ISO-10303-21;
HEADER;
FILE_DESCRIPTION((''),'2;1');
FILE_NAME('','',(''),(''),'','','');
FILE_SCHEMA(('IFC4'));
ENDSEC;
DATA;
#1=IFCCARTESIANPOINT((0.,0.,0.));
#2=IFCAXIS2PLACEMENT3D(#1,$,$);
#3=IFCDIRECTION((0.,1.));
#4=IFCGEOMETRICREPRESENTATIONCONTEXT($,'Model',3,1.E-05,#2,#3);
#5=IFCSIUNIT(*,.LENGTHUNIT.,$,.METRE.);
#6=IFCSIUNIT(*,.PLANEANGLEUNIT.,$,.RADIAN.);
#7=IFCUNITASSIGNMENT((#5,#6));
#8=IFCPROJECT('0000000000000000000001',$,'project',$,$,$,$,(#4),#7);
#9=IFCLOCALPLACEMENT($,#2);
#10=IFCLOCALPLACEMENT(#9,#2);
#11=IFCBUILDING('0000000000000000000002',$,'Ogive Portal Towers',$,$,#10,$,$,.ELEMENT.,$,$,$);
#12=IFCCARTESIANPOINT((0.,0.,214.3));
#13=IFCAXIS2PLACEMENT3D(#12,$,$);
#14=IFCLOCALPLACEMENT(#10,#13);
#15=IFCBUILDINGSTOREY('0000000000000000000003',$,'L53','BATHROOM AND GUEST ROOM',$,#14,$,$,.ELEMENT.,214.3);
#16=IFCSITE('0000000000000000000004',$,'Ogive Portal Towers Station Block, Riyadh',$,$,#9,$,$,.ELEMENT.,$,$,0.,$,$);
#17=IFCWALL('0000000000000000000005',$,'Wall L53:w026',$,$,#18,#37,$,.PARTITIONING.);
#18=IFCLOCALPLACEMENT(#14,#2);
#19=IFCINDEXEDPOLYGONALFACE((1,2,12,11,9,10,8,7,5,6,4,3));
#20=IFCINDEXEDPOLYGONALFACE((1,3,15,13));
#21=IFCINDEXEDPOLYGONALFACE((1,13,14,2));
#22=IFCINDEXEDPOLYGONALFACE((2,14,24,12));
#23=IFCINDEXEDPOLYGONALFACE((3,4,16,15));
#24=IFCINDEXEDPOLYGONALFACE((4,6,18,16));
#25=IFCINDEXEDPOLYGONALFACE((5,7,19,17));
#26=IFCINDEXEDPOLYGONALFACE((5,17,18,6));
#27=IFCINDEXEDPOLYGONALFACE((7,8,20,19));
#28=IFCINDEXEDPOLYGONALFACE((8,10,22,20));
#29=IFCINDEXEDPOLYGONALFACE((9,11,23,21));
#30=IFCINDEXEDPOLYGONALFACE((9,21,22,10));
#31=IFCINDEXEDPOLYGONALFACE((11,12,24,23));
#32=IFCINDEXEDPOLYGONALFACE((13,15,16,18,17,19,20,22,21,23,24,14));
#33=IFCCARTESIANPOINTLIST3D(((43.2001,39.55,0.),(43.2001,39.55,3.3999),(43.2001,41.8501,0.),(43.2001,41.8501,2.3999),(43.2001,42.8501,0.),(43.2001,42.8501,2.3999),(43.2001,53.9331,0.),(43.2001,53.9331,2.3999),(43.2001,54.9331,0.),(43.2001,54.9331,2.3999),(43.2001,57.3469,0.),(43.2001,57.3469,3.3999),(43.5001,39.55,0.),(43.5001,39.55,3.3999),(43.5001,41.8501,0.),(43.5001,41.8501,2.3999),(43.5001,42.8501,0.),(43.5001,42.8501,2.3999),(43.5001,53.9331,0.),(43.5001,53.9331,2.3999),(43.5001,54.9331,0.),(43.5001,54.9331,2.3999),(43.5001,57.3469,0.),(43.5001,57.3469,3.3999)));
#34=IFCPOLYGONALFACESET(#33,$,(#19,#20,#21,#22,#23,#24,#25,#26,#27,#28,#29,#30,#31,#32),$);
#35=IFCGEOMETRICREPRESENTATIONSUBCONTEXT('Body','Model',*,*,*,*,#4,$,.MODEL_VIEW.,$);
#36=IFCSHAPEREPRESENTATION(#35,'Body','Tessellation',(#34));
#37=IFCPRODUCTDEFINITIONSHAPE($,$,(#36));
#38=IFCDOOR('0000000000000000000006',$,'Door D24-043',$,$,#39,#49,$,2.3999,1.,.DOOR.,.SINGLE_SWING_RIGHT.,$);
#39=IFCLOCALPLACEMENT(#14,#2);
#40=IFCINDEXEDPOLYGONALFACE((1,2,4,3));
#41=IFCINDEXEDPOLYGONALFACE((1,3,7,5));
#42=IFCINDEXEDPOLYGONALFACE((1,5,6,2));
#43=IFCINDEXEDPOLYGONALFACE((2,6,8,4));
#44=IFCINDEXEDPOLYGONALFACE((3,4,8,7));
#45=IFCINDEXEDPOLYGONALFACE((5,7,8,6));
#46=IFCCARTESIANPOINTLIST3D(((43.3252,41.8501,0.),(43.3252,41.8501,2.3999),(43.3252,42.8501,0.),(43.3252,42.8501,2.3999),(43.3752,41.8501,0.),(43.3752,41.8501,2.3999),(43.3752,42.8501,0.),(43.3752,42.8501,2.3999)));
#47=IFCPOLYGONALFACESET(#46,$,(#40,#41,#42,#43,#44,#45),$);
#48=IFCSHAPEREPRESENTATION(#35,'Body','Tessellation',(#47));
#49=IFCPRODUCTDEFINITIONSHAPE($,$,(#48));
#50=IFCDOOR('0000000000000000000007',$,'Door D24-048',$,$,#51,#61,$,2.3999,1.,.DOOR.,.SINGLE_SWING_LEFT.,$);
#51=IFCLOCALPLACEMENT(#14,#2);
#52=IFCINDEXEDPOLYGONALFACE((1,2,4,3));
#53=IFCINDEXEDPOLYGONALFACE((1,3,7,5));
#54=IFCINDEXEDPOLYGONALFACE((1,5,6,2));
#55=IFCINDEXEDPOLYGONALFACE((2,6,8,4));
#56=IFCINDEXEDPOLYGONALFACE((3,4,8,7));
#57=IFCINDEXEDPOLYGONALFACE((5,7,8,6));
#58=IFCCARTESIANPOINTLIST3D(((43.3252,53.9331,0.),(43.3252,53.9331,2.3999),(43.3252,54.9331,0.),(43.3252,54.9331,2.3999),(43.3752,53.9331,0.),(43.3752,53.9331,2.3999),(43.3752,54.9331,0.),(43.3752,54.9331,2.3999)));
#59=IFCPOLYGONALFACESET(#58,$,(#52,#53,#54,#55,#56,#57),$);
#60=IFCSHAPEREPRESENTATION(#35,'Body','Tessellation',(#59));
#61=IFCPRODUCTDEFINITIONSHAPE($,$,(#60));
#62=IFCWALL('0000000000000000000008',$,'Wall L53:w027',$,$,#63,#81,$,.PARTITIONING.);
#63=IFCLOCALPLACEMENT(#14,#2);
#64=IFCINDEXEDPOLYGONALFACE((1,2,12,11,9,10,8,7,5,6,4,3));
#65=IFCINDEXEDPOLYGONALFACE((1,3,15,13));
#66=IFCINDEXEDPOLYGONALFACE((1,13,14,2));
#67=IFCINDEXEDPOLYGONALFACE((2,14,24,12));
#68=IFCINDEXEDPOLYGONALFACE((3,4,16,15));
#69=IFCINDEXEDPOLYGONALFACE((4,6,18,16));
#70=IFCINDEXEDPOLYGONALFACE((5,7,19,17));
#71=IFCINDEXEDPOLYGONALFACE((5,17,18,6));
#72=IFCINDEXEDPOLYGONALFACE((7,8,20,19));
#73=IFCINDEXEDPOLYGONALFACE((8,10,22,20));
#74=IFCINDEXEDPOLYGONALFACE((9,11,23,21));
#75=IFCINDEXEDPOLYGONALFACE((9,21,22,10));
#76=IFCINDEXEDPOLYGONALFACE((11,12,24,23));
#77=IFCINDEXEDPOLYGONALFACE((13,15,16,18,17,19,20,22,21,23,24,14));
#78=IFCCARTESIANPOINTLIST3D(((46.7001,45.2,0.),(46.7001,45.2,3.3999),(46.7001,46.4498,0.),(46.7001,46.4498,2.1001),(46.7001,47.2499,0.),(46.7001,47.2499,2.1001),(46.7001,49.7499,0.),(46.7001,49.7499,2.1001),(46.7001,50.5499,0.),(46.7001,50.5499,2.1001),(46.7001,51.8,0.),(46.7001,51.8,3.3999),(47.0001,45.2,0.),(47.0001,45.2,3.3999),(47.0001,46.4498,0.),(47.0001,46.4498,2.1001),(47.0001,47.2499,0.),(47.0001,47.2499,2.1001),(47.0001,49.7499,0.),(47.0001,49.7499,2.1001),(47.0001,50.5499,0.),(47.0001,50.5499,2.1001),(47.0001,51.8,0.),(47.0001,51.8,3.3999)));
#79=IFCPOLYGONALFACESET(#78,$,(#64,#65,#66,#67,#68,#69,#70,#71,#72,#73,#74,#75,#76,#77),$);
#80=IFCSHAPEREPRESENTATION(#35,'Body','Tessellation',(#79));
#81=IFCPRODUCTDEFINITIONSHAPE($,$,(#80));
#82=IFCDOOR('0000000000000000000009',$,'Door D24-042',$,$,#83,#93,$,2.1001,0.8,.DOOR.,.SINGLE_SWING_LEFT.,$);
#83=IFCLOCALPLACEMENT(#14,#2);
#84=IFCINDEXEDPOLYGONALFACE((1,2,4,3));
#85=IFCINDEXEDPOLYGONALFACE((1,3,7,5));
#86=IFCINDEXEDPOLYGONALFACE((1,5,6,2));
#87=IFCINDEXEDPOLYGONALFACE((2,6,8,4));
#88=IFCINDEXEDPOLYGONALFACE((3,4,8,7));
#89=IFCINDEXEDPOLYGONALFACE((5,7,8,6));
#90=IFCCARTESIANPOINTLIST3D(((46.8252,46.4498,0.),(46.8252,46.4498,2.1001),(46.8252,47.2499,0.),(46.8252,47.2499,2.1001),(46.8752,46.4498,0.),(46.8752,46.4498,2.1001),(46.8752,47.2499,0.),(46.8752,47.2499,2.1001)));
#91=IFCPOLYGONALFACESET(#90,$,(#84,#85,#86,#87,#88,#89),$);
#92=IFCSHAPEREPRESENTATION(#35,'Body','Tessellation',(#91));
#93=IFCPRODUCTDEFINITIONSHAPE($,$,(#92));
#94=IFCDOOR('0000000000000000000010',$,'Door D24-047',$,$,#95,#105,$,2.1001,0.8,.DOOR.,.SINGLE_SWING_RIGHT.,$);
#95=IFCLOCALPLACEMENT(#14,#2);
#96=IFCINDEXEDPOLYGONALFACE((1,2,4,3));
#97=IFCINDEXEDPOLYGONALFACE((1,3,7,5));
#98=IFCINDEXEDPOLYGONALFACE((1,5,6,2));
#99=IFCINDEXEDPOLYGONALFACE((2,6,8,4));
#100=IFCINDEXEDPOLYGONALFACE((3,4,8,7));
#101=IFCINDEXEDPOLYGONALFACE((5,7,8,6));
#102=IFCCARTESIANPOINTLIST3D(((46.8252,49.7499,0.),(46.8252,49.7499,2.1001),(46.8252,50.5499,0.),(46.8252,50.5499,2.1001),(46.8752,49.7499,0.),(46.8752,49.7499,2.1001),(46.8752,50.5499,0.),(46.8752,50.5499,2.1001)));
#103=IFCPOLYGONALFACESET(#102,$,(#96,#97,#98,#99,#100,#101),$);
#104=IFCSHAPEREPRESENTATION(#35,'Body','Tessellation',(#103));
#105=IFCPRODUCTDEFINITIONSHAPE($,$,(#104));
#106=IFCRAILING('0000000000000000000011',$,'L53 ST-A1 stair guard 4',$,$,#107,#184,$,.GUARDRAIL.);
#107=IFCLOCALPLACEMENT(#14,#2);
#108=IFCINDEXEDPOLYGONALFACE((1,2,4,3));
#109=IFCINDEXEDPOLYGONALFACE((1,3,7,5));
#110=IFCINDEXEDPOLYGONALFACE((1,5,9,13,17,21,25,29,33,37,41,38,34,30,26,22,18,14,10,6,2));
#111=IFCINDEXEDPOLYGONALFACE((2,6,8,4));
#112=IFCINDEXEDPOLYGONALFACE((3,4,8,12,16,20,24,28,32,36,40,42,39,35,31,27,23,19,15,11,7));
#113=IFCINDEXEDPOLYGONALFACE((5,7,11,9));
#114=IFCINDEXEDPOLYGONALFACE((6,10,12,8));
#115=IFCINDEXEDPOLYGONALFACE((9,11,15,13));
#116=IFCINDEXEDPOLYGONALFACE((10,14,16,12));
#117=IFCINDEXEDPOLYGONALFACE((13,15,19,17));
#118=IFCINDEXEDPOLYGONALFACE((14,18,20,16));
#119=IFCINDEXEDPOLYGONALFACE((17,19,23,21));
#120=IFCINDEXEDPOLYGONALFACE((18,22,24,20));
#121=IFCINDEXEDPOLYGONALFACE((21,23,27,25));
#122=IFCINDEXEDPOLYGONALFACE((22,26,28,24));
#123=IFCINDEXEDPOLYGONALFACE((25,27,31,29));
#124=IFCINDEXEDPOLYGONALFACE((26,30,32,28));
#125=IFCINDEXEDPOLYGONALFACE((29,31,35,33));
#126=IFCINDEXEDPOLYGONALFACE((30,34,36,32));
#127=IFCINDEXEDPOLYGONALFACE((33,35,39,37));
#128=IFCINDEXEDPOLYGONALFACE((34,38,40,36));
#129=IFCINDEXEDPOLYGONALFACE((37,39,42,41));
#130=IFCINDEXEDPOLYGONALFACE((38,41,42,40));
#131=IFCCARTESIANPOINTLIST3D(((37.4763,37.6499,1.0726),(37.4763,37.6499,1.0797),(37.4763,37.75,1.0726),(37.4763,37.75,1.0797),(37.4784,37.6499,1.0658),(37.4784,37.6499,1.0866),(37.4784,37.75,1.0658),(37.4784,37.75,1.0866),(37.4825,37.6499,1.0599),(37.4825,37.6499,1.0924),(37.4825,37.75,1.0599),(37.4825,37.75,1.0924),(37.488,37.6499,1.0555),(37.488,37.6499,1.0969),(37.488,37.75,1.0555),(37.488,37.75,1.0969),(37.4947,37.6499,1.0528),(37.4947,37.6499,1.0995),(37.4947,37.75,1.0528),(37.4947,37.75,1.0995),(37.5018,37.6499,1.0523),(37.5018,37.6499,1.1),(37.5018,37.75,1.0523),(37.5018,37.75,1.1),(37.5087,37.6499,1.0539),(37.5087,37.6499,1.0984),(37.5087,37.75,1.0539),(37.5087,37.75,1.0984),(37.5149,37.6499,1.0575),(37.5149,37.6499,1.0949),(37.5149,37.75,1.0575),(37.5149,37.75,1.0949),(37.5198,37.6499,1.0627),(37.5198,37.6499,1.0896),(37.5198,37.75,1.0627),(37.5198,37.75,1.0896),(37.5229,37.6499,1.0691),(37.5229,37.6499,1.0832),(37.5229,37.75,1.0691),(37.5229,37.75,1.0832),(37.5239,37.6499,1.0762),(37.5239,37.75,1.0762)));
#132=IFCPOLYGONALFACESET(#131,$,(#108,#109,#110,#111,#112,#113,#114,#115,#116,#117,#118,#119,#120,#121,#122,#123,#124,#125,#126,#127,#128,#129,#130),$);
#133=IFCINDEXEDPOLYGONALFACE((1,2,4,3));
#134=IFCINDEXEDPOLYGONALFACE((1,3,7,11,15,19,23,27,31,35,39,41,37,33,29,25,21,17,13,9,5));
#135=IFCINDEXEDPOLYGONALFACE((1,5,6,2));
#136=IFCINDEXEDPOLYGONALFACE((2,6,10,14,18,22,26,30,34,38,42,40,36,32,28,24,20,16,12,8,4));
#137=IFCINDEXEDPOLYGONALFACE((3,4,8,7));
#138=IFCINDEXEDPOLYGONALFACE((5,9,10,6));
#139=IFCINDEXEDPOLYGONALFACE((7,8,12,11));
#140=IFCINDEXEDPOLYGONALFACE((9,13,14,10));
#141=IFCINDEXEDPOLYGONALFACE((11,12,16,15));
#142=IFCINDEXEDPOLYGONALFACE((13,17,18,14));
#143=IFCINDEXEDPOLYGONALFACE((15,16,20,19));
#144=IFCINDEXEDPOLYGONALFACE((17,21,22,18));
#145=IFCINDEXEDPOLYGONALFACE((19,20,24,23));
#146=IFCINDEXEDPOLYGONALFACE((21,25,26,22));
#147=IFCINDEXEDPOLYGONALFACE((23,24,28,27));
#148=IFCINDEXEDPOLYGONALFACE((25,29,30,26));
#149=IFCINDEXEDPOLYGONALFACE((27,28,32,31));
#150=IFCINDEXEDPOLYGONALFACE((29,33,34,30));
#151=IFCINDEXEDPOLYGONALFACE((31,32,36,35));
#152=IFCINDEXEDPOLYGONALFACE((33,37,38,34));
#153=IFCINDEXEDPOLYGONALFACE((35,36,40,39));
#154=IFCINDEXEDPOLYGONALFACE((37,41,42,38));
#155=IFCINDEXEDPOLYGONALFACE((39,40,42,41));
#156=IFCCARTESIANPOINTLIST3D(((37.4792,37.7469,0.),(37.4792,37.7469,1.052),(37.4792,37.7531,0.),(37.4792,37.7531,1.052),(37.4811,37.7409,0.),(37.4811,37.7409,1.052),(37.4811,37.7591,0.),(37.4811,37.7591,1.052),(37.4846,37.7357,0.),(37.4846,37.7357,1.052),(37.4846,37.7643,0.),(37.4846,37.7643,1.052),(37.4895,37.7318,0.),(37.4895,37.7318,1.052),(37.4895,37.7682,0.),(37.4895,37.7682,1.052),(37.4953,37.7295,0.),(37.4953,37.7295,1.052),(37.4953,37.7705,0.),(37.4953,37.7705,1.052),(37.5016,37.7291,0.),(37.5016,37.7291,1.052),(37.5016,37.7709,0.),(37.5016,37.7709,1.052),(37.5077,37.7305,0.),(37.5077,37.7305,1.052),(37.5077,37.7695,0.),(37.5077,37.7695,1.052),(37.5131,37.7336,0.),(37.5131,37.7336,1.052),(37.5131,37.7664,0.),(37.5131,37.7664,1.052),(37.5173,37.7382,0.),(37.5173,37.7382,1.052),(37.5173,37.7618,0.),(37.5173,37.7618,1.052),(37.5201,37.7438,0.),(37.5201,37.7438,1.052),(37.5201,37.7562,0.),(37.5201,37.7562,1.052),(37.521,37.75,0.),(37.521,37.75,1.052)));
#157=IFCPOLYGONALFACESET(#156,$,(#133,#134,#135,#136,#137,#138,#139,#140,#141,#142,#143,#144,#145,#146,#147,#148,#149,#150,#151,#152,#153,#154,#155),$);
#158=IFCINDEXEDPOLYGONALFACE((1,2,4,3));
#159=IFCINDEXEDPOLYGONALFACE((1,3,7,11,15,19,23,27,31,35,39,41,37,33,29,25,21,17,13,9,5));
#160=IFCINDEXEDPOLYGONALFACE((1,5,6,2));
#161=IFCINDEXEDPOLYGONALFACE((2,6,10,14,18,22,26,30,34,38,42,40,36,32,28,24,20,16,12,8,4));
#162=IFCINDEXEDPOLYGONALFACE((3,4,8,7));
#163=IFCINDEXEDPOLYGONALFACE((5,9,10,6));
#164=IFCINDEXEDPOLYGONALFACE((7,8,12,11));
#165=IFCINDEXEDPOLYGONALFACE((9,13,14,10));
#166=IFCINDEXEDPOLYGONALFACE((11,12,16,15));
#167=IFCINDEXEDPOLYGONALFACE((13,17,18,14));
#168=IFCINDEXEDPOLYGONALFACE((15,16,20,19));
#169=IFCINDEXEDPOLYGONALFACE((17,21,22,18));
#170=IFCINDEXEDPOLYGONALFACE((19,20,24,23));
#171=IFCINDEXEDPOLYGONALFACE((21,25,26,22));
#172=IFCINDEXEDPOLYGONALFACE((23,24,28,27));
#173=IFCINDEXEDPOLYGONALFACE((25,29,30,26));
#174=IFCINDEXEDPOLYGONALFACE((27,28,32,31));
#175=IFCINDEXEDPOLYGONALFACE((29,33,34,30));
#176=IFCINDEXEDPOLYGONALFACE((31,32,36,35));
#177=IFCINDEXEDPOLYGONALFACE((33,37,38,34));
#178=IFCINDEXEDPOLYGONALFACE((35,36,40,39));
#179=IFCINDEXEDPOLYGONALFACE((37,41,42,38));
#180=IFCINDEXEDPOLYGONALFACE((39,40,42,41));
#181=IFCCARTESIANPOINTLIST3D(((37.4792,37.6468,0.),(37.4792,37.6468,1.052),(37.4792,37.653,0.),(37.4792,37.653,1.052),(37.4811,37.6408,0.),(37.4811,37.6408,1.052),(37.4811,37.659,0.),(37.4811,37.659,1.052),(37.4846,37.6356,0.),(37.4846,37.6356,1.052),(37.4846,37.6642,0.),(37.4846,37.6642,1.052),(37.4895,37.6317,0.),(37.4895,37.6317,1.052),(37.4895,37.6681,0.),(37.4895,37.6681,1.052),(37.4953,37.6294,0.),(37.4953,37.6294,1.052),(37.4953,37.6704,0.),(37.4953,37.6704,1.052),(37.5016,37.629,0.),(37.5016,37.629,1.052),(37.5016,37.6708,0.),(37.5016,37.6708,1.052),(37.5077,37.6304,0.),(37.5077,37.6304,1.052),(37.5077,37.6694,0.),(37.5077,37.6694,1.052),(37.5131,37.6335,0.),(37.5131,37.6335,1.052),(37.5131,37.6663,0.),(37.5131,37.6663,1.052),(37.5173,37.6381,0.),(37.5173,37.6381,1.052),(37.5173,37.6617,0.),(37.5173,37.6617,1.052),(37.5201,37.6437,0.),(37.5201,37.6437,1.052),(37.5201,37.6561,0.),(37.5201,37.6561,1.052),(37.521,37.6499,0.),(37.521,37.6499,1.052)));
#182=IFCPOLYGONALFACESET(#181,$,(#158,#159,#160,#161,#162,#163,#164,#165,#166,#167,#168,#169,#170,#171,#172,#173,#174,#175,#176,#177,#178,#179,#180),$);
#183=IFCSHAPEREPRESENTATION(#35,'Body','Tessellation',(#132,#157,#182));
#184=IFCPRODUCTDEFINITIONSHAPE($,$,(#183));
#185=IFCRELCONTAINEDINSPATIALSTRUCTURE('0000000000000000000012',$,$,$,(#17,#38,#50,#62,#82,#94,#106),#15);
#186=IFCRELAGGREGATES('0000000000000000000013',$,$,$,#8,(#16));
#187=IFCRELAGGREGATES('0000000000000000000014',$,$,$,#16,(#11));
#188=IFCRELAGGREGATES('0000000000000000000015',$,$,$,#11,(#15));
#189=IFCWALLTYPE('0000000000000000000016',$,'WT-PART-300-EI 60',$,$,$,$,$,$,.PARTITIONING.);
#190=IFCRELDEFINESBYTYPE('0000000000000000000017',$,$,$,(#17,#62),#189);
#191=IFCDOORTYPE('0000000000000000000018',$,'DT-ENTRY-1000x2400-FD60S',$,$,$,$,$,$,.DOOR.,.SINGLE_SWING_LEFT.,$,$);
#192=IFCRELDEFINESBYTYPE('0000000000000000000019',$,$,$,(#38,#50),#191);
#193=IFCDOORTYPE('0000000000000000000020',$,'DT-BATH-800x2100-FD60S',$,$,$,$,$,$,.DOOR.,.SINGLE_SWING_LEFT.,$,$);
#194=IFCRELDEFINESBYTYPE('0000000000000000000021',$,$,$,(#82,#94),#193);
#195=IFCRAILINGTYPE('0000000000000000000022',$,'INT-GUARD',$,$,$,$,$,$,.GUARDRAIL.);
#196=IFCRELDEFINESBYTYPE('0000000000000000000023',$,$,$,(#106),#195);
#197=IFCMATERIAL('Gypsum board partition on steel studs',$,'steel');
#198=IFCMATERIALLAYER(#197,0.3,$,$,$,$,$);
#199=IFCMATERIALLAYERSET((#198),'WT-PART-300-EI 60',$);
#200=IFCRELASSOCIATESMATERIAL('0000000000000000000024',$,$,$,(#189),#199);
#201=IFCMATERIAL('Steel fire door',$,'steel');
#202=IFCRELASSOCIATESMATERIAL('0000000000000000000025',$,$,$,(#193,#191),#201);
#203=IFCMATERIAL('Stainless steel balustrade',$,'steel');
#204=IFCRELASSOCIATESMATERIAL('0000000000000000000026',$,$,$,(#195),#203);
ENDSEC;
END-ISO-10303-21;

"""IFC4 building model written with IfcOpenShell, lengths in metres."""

from ifc_helpers import new_model, si_unit, direction, frame, frame_2d, origin, origin_2d, place, context, subcontext, project, spatial, rectangle, circle, extrude, material, layer, layer_set, type_object, element, fill, save


model = new_model("IFC4")

# Units and contexts
model_context = context("Model", 3, precision=1e-05, world=origin(), true_north=direction((0.0, 1.0)))
body_context = subcontext(model_context, "Body", "Model", "MODEL_VIEW")
ifc_project = project(units=[si_unit("LENGTHUNIT", "METRE"), si_unit("PLANEANGLEUNIT", "RADIAN")], contexts=[model_context])

# Site, building, storey
site_placement = place(None, origin())
site = spatial("IfcSite", under=ifc_project, at=site_placement, Name="Ogive Portal Towers Station Block, Riyadh", CompositionType="ELEMENT", RefElevation=0.0)
building_placement = place(site_placement, origin())
building = spatial("IfcBuilding", under=site, at=building_placement, Name="Ogive Portal Towers", CompositionType="ELEMENT")
storey_placement = place(building_placement, frame((0.0, 0.0, 214.3)))
storey = spatial("IfcBuildingStorey", under=building, at=storey_placement, Name="L53", Description="BATHROOM AND GUEST ROOM", CompositionType="ELEMENT", Elevation=214.3)

# Shared definitions
ifc_material_1 = material(Name="Gypsum board partition on steel studs", Category="steel")
ifc_layer_1 = layer(ifc_material_1, 0.3)
ifc_layer_set_1 = layer_set([ifc_layer_1], Name="WT-PART-300-EI 60")
wall_type = type_object("IfcWallType", Name="WT-PART-300-EI 60", PredefinedType="PARTITIONING", material=ifc_layer_set_1)

# Walls, openings, doors
ifc_material_2 = material(Name="Steel fire door", Category="steel")
door_type_1 = type_object("IfcDoorType", Name="DT-BATH-800x2100-FD60S", OperationType="SINGLE_SWING_LEFT", PredefinedType="DOOR", material=ifc_material_2)
wall_1_placement = place(storey_placement, frame((43.3501, 39.55, 0.0), z_axis=(0.0, 0.0, 1.0), x_axis=(0.0, 1.0, 0.0)))
wall_1 = element("IfcWall", 1, at=wall_1_placement, inside=storey, type_object=wall_type, Name="Wall L53:w026", PredefinedType="PARTITIONING", context=body_context, shape_type="SweptSolid", body=[
    extrude(rectangle(XDim=17.7969, YDim=0.3, at=frame_2d((8.8984, 0.0))), origin(), (0.0, 0.0, 1.0), 3.3999),
])
opening_1_placement = place(wall_1_placement, frame((2.3, 0.0, 0.0)))
opening_1 = element("IfcOpeningElement", 2, at=opening_1_placement, cuts=wall_1, PredefinedType="OPENING", context=body_context, shape_type="SweptSolid", body=[
    extrude(rectangle(XDim=1.0, YDim=2.3999, at=frame_2d((0.5, 1.2))), frame((0.0, 0.1602, 0.0), z_axis=(0.0, -1.0, 0.0), x_axis=(1.0, 0.0, 0.0)), (0.0, 0.0, 1.0), 0.3201),
])
opening_2_placement = place(wall_1_placement, frame((14.3831, 0.0, 0.0)))
opening_2 = element("IfcOpeningElement", 3, at=opening_2_placement, cuts=wall_1, PredefinedType="OPENING", context=body_context, shape_type="SweptSolid", body=[
    extrude(rectangle(XDim=1.0, YDim=2.3999, at=frame_2d((0.5, 1.2))), frame((0.0, 0.1602, 0.0), z_axis=(0.0, -1.0, 0.0), x_axis=(1.0, 0.0, 0.0)), (0.0, 0.0, 1.0), 0.3201),
])
door_type_2 = type_object("IfcDoorType", Name="DT-ENTRY-1000x2400-FD60S", OperationType="SINGLE_SWING_LEFT", PredefinedType="DOOR", material=ifc_material_2)
door_1_placement = place(opening_1_placement, origin())
door_1 = element("IfcDoor", 4, at=door_1_placement, inside=storey, type_object=door_type_2, Name="Door D24-043", OperationType="SINGLE_SWING_RIGHT", OverallHeight=2.3999, OverallWidth=1.0, PredefinedType="DOOR", context=body_context, shape_type="SweptSolid", body=[
    extrude(rectangle(XDim=1.0, YDim=2.3999, at=frame_2d((0.5, 1.2))), frame((0.0, 0.0249, 0.0), z_axis=(0.0, -1.0, 0.0), x_axis=(1.0, 0.0, 0.0)), (0.0, 0.0, 1.0), 0.05),
])
fill(opening_1, door_1)
door_2_placement = place(opening_2_placement, origin())
door_2 = element("IfcDoor", 5, at=door_2_placement, inside=storey, type_object=door_type_2, Name="Door D24-048", OperationType="SINGLE_SWING_LEFT", OverallHeight=2.3999, OverallWidth=1.0, PredefinedType="DOOR", context=body_context, shape_type="SweptSolid", body=[
    extrude(rectangle(XDim=1.0, YDim=2.3999, at=frame_2d((0.5, 1.2))), frame((0.0, 0.0249, 0.0), z_axis=(0.0, -1.0, 0.0), x_axis=(1.0, 0.0, 0.0)), (0.0, 0.0, 1.0), 0.05),
])
fill(opening_2, door_2)
wall_2_placement = place(storey_placement, frame((46.8501, 45.2, 0.0), z_axis=(0.0, 0.0, 1.0), x_axis=(0.0, 1.0, 0.0)))
wall_2 = element("IfcWall", 6, at=wall_2_placement, inside=storey, type_object=wall_type, Name="Wall L53:w027", PredefinedType="PARTITIONING", context=body_context, shape_type="SweptSolid", body=[
    extrude(rectangle(XDim=6.6001, YDim=0.3, at=frame_2d((3.3, 0.0))), origin(), (0.0, 0.0, 1.0), 3.3999),
])
opening_3_placement = place(wall_2_placement, frame((1.25, 0.0, 0.0)))
opening_3 = element("IfcOpeningElement", 7, at=opening_3_placement, cuts=wall_2, PredefinedType="OPENING", context=body_context, shape_type="SweptSolid", body=[
    extrude(rectangle(XDim=0.8, YDim=2.1001, at=frame_2d((0.3999, 1.05))), frame((0.0, 0.1602, 0.0), z_axis=(0.0, -1.0, 0.0), x_axis=(1.0, 0.0, 0.0)), (0.0, 0.0, 1.0), 0.3201),
])
opening_4_placement = place(wall_2_placement, frame((4.55, 0.0, 0.0)))
opening_4 = element("IfcOpeningElement", 8, at=opening_4_placement, cuts=wall_2, PredefinedType="OPENING", context=body_context, shape_type="SweptSolid", body=[
    extrude(rectangle(XDim=0.8, YDim=2.1001, at=frame_2d((0.3999, 1.05))), frame((0.0, 0.1602, 0.0), z_axis=(0.0, -1.0, 0.0), x_axis=(1.0, 0.0, 0.0)), (0.0, 0.0, 1.0), 0.3201),
])
door_3_placement = place(opening_3_placement, origin())
door_3 = element("IfcDoor", 9, at=door_3_placement, inside=storey, type_object=door_type_1, Name="Door D24-042", OperationType="SINGLE_SWING_LEFT", OverallHeight=2.1001, OverallWidth=0.8, PredefinedType="DOOR", context=body_context, shape_type="SweptSolid", body=[
    extrude(rectangle(XDim=0.8, YDim=2.1001, at=frame_2d((0.3999, 1.05))), frame((0.0, 0.0249, 0.0), z_axis=(0.0, -1.0, 0.0), x_axis=(1.0, 0.0, 0.0)), (0.0, 0.0, 1.0), 0.05),
])
fill(opening_3, door_3)
door_4_placement = place(opening_4_placement, origin())
door_4 = element("IfcDoor", 10, at=door_4_placement, inside=storey, type_object=door_type_1, Name="Door D24-047", OperationType="SINGLE_SWING_RIGHT", OverallHeight=2.1001, OverallWidth=0.8, PredefinedType="DOOR", context=body_context, shape_type="SweptSolid", body=[
    extrude(rectangle(XDim=0.8, YDim=2.1001, at=frame_2d((0.3999, 1.05))), frame((0.0, 0.0249, 0.0), z_axis=(0.0, -1.0, 0.0), x_axis=(1.0, 0.0, 0.0)), (0.0, 0.0, 1.0), 0.05),
])
fill(opening_4, door_4)

# Railing
ifc_material_3 = material(Name="Stainless steel balustrade", Category="steel")
railing_type_1 = type_object("IfcRailingType", Name="INT-GUARD", PredefinedType="GUARDRAIL", material=ifc_material_3)
railing_1_placement = place(storey_placement, frame((37.5, 37.75, 0.0)))
element("IfcRailing", 11, at=railing_1_placement, inside=storey, type_object=railing_type_1, Name="L53 ST-A1 stair guard 4", PredefinedType="GUARDRAIL", context=body_context, shape_type="SweptSolid", body=[
    extrude(circle(Radius=0.0239, at=origin_2d()), frame((0.0, 0.0, 1.0762), z_axis=(0.0, -1.0, 0.0), x_axis=(1.0, 0.0, 0.0)), (0.0, 0.0, 1.0), 0.1001),
    extrude(circle(Radius=0.021, at=origin_2d()), origin(), (0.0, 0.0, 1.0), 1.052),
    extrude(circle(Radius=0.021, at=origin_2d()), frame((0.0, -0.1001, 0.0)), (0.0, 0.0, 1.0), 1.052),
])

save(model, "model.ifc")
